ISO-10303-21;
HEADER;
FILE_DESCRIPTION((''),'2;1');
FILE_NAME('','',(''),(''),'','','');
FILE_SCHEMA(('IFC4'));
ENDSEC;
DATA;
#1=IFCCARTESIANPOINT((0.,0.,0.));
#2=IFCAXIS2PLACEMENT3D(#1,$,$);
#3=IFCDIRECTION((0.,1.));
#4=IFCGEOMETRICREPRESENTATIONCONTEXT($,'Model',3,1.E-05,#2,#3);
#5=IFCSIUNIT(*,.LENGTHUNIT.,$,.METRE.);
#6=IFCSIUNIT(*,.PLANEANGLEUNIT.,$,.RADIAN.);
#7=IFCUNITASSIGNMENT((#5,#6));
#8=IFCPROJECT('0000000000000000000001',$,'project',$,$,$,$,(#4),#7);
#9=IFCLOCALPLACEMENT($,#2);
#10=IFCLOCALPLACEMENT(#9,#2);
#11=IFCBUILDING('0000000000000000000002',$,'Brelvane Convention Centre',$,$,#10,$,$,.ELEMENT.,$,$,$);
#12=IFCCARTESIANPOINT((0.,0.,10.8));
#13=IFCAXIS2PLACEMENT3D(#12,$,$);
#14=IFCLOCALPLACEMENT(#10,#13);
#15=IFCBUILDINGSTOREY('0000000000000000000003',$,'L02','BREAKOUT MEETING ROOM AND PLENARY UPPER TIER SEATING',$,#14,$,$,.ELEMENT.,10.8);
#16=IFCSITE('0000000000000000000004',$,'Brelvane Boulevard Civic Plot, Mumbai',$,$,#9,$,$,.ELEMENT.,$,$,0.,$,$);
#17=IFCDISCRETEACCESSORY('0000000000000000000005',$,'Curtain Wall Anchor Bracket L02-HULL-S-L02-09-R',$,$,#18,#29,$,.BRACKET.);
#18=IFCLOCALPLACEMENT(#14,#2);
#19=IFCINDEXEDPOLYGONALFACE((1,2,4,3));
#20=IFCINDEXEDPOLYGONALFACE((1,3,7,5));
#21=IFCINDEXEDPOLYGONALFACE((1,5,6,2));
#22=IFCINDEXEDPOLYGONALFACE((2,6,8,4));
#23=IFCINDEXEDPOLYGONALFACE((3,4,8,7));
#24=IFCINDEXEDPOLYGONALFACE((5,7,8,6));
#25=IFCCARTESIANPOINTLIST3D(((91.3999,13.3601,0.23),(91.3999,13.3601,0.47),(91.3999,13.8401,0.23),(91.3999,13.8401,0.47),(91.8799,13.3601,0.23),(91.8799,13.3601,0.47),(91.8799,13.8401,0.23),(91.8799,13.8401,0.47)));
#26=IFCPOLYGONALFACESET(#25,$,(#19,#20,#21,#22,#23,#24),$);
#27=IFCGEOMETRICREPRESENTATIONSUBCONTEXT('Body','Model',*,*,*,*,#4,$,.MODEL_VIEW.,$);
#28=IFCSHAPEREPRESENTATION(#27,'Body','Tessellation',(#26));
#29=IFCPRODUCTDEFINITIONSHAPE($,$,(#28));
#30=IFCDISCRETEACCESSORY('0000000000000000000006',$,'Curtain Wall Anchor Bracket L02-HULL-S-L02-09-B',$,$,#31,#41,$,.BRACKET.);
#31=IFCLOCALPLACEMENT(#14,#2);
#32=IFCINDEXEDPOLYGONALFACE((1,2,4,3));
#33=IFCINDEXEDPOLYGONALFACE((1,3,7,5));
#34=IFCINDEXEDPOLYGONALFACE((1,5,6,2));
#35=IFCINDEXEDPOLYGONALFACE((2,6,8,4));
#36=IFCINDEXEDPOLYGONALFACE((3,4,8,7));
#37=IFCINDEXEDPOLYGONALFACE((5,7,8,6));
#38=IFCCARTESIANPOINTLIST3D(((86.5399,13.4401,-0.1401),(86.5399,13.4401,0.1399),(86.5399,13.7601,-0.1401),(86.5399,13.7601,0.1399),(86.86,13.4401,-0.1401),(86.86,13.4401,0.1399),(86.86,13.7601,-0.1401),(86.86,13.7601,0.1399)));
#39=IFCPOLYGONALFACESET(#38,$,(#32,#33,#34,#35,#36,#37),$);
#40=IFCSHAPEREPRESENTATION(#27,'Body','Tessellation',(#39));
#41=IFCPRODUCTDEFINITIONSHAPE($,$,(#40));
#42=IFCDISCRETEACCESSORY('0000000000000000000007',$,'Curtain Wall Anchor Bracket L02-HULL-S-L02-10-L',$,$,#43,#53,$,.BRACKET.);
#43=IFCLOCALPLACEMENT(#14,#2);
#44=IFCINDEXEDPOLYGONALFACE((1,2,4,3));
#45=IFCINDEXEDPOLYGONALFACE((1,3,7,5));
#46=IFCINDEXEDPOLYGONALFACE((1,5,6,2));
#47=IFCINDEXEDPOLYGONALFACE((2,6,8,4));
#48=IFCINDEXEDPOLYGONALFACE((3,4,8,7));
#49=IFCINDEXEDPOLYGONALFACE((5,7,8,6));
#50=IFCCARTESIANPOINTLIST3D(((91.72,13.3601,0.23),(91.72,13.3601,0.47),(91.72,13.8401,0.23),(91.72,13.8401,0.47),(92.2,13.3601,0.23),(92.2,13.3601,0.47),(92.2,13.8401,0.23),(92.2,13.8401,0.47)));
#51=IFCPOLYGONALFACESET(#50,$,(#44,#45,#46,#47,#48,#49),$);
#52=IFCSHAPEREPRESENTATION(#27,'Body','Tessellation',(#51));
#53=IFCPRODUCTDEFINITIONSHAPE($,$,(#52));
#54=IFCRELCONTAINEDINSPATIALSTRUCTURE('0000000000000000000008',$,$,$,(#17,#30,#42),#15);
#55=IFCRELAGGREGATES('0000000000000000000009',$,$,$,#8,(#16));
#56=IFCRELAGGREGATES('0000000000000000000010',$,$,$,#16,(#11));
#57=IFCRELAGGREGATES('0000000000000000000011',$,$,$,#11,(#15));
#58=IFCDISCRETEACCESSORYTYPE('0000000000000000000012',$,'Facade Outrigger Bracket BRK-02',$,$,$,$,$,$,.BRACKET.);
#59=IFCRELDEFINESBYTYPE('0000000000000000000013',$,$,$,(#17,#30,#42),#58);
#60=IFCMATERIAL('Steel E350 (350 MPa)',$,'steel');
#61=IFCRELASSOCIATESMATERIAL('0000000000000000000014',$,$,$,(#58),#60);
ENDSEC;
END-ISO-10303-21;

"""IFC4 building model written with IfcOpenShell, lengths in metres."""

from ifc_helpers import new_model, si_unit, direction, frame, origin, origin_2d, place, context, subcontext, project, spatial, rectangle, extrude, material, type_object, element, save


model = new_model("IFC4")

# Units and contexts
model_context = context("Model", 3, precision=1e-05, world=origin(), true_north=direction((0.0, 1.0)))
body_context = subcontext(model_context, "Body", "Model", "MODEL_VIEW")
ifc_project = project(units=[si_unit("LENGTHUNIT", "METRE"), si_unit("PLANEANGLEUNIT", "RADIAN")], contexts=[model_context])

# Site, building, storey
site_placement = place(None, origin())
site = spatial("IfcSite", under=ifc_project, at=site_placement, Name="Brelvane Boulevard Civic Plot, Mumbai", CompositionType="ELEMENT", RefElevation=0.0)
building_placement = place(site_placement, origin())
building = spatial("IfcBuilding", under=site, at=building_placement, Name="Brelvane Convention Centre", CompositionType="ELEMENT")
storey_placement = place(building_placement, frame((0.0, 0.0, 10.8)))
storey = spatial("IfcBuildingStorey", under=building, at=storey_placement, Name="L02", Description="BREAKOUT MEETING ROOM AND PLENARY UPPER TIER SEATING", CompositionType="ELEMENT", Elevation=10.8)

# Discrete accessories
ifc_material_1 = material(Name="Steel E350 (350 MPa)", Category="steel")
discrete_accessory_type = type_object("IfcDiscreteAccessoryType", Name="Facade Outrigger Bracket BRK-02", PredefinedType="BRACKET", material=ifc_material_1)
discrete_accessory_1_placement = place(storey_placement, frame((91.6399, 13.6001, 0.23), z_axis=(0.0, 0.0, 1.0), x_axis=(1.0, 0.0, 0.0)))
element("IfcDiscreteAccessory", 1, at=discrete_accessory_1_placement, inside=storey, type_object=discrete_accessory_type, Name="Curtain Wall Anchor Bracket L02-HULL-S-L02-09-R", PredefinedType="BRACKET", context=body_context, shape_type="SweptSolid", body=[
    extrude(rectangle(XDim=0.48, YDim=0.48, at=origin_2d()), origin(), (0.0, 0.0, 1.0), 0.24),
])
discrete_accessory_2_placement = place(storey_placement, frame((86.7, 13.6001, -0.1401), z_axis=(0.0, 0.0, 1.0), x_axis=(1.0, 0.0, 0.0)))
element("IfcDiscreteAccessory", 2, at=discrete_accessory_2_placement, inside=storey, type_object=discrete_accessory_type, Name="Curtain Wall Anchor Bracket L02-HULL-S-L02-09-B", PredefinedType="BRACKET", context=body_context, shape_type="SweptSolid", body=[
    extrude(rectangle(XDim=0.3201, YDim=0.3201, at=origin_2d()), origin(), (0.0, 0.0, 1.0), 0.28),
])
discrete_accessory_3_placement = place(storey_placement, frame((91.96, 13.6001, 0.23), z_axis=(0.0, 0.0, 1.0), x_axis=(1.0, 0.0, 0.0)))
element("IfcDiscreteAccessory", 3, at=discrete_accessory_3_placement, inside=storey, type_object=discrete_accessory_type, Name="Curtain Wall Anchor Bracket L02-HULL-S-L02-10-L", PredefinedType="BRACKET", context=body_context, shape_type="SweptSolid", body=[
    extrude(rectangle(XDim=0.48, YDim=0.48, at=origin_2d()), origin(), (0.0, 0.0, 1.0), 0.24),
])

save(model, "model.ifc")
